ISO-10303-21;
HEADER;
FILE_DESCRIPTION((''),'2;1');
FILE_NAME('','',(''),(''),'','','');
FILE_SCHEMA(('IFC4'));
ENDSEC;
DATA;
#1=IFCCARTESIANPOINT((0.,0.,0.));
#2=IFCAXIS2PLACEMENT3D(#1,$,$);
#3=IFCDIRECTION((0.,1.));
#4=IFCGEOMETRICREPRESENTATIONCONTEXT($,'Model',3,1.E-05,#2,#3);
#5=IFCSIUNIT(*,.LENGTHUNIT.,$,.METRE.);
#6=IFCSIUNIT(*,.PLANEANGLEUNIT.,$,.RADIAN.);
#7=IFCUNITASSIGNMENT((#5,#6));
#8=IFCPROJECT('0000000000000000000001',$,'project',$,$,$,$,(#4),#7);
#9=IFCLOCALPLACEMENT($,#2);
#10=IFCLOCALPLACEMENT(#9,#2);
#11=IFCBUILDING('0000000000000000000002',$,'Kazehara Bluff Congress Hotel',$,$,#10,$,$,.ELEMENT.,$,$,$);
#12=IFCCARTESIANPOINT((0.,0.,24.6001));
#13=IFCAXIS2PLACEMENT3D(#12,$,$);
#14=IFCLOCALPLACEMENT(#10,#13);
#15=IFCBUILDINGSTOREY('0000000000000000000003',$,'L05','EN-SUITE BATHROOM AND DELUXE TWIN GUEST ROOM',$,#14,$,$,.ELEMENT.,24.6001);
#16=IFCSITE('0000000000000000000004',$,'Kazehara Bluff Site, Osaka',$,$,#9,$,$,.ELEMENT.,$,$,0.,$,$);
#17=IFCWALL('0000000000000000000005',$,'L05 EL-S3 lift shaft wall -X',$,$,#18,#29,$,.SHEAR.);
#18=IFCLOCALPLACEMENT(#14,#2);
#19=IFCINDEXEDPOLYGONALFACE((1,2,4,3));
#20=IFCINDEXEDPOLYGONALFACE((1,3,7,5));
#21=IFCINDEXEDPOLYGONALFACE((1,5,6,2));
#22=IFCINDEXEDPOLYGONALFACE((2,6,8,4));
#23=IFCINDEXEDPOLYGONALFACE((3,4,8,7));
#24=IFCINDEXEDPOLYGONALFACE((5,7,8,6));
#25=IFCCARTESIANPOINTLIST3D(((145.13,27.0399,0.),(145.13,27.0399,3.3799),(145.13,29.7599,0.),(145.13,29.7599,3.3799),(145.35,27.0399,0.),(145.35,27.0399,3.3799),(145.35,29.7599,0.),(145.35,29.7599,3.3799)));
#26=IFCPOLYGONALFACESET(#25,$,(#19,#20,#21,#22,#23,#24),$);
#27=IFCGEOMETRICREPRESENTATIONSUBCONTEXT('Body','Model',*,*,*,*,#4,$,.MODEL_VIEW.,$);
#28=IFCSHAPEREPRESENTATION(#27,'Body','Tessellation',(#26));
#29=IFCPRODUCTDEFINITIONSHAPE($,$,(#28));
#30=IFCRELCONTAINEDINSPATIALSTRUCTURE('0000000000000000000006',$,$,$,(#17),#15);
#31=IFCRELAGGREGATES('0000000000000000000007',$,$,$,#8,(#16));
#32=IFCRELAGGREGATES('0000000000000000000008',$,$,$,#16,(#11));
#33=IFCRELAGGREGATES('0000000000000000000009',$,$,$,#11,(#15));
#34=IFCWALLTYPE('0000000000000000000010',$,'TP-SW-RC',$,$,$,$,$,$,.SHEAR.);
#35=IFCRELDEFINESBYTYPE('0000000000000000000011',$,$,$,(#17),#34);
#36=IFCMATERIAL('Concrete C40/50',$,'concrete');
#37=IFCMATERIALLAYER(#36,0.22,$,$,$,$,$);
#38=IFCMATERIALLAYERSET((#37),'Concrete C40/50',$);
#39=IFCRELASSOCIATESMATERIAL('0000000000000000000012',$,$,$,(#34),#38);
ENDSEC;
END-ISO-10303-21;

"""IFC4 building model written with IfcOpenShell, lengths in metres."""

from ifc_helpers import new_model, si_unit, direction, frame, frame_2d, origin, place, context, subcontext, project, spatial, rectangle, extrude, material, layer, layer_set, type_object, element, save


model = new_model("IFC4")

# Units and contexts
model_context = context("Model", 3, precision=1e-05, world=origin(), true_north=direction((0.0, 1.0)))
body_context = subcontext(model_context, "Body", "Model", "MODEL_VIEW")
ifc_project = project(units=[si_unit("LENGTHUNIT", "METRE"), si_unit("PLANEANGLEUNIT", "RADIAN")], contexts=[model_context])

# Site, building, storey
site_placement = place(None, origin())
site = spatial("IfcSite", under=ifc_project, at=site_placement, Name="Kazehara Bluff Site, Osaka", CompositionType="ELEMENT", RefElevation=0.0)
building_placement = place(site_placement, origin())
building = spatial("IfcBuilding", under=site, at=building_placement, Name="Kazehara Bluff Congress Hotel", CompositionType="ELEMENT")
storey_placement = place(building_placement, frame((0.0, 0.0, 24.6001)))
storey = spatial("IfcBuildingStorey", under=building, at=storey_placement, Name="L05", Description="EN-SUITE BATHROOM AND DELUXE TWIN GUEST ROOM", CompositionType="ELEMENT", Elevation=24.6001)

# Shared definitions
ifc_material_1 = material(Name="Concrete C40/50", Category="concrete")
ifc_layer_1 = layer(ifc_material_1, 0.22)
ifc_layer_set_1 = layer_set([ifc_layer_1], Name="Concrete C40/50")
wall_type_1 = type_object("IfcWallType", Name="TP-SW-RC", PredefinedType="SHEAR", material=ifc_layer_set_1)

# Wall
wall_1_placement = place(storey_placement, frame((145.24, 27.04, 0.0), z_axis=(0.0, 0.0, 1.0), x_axis=(0.0, 1.0, 0.0)))
element("IfcWall", 1, at=wall_1_placement, inside=storey, type_object=wall_type_1, Name="L05 EL-S3 lift shaft wall -X", PredefinedType="SHEAR", context=body_context, shape_type="SweptSolid", body=[
    extrude(rectangle(XDim=2.72, YDim=0.22, at=frame_2d((1.3599, 0.0))), origin(), (0.0, 0.0, 1.0), 3.3799),
])

save(model, "model.ifc")
